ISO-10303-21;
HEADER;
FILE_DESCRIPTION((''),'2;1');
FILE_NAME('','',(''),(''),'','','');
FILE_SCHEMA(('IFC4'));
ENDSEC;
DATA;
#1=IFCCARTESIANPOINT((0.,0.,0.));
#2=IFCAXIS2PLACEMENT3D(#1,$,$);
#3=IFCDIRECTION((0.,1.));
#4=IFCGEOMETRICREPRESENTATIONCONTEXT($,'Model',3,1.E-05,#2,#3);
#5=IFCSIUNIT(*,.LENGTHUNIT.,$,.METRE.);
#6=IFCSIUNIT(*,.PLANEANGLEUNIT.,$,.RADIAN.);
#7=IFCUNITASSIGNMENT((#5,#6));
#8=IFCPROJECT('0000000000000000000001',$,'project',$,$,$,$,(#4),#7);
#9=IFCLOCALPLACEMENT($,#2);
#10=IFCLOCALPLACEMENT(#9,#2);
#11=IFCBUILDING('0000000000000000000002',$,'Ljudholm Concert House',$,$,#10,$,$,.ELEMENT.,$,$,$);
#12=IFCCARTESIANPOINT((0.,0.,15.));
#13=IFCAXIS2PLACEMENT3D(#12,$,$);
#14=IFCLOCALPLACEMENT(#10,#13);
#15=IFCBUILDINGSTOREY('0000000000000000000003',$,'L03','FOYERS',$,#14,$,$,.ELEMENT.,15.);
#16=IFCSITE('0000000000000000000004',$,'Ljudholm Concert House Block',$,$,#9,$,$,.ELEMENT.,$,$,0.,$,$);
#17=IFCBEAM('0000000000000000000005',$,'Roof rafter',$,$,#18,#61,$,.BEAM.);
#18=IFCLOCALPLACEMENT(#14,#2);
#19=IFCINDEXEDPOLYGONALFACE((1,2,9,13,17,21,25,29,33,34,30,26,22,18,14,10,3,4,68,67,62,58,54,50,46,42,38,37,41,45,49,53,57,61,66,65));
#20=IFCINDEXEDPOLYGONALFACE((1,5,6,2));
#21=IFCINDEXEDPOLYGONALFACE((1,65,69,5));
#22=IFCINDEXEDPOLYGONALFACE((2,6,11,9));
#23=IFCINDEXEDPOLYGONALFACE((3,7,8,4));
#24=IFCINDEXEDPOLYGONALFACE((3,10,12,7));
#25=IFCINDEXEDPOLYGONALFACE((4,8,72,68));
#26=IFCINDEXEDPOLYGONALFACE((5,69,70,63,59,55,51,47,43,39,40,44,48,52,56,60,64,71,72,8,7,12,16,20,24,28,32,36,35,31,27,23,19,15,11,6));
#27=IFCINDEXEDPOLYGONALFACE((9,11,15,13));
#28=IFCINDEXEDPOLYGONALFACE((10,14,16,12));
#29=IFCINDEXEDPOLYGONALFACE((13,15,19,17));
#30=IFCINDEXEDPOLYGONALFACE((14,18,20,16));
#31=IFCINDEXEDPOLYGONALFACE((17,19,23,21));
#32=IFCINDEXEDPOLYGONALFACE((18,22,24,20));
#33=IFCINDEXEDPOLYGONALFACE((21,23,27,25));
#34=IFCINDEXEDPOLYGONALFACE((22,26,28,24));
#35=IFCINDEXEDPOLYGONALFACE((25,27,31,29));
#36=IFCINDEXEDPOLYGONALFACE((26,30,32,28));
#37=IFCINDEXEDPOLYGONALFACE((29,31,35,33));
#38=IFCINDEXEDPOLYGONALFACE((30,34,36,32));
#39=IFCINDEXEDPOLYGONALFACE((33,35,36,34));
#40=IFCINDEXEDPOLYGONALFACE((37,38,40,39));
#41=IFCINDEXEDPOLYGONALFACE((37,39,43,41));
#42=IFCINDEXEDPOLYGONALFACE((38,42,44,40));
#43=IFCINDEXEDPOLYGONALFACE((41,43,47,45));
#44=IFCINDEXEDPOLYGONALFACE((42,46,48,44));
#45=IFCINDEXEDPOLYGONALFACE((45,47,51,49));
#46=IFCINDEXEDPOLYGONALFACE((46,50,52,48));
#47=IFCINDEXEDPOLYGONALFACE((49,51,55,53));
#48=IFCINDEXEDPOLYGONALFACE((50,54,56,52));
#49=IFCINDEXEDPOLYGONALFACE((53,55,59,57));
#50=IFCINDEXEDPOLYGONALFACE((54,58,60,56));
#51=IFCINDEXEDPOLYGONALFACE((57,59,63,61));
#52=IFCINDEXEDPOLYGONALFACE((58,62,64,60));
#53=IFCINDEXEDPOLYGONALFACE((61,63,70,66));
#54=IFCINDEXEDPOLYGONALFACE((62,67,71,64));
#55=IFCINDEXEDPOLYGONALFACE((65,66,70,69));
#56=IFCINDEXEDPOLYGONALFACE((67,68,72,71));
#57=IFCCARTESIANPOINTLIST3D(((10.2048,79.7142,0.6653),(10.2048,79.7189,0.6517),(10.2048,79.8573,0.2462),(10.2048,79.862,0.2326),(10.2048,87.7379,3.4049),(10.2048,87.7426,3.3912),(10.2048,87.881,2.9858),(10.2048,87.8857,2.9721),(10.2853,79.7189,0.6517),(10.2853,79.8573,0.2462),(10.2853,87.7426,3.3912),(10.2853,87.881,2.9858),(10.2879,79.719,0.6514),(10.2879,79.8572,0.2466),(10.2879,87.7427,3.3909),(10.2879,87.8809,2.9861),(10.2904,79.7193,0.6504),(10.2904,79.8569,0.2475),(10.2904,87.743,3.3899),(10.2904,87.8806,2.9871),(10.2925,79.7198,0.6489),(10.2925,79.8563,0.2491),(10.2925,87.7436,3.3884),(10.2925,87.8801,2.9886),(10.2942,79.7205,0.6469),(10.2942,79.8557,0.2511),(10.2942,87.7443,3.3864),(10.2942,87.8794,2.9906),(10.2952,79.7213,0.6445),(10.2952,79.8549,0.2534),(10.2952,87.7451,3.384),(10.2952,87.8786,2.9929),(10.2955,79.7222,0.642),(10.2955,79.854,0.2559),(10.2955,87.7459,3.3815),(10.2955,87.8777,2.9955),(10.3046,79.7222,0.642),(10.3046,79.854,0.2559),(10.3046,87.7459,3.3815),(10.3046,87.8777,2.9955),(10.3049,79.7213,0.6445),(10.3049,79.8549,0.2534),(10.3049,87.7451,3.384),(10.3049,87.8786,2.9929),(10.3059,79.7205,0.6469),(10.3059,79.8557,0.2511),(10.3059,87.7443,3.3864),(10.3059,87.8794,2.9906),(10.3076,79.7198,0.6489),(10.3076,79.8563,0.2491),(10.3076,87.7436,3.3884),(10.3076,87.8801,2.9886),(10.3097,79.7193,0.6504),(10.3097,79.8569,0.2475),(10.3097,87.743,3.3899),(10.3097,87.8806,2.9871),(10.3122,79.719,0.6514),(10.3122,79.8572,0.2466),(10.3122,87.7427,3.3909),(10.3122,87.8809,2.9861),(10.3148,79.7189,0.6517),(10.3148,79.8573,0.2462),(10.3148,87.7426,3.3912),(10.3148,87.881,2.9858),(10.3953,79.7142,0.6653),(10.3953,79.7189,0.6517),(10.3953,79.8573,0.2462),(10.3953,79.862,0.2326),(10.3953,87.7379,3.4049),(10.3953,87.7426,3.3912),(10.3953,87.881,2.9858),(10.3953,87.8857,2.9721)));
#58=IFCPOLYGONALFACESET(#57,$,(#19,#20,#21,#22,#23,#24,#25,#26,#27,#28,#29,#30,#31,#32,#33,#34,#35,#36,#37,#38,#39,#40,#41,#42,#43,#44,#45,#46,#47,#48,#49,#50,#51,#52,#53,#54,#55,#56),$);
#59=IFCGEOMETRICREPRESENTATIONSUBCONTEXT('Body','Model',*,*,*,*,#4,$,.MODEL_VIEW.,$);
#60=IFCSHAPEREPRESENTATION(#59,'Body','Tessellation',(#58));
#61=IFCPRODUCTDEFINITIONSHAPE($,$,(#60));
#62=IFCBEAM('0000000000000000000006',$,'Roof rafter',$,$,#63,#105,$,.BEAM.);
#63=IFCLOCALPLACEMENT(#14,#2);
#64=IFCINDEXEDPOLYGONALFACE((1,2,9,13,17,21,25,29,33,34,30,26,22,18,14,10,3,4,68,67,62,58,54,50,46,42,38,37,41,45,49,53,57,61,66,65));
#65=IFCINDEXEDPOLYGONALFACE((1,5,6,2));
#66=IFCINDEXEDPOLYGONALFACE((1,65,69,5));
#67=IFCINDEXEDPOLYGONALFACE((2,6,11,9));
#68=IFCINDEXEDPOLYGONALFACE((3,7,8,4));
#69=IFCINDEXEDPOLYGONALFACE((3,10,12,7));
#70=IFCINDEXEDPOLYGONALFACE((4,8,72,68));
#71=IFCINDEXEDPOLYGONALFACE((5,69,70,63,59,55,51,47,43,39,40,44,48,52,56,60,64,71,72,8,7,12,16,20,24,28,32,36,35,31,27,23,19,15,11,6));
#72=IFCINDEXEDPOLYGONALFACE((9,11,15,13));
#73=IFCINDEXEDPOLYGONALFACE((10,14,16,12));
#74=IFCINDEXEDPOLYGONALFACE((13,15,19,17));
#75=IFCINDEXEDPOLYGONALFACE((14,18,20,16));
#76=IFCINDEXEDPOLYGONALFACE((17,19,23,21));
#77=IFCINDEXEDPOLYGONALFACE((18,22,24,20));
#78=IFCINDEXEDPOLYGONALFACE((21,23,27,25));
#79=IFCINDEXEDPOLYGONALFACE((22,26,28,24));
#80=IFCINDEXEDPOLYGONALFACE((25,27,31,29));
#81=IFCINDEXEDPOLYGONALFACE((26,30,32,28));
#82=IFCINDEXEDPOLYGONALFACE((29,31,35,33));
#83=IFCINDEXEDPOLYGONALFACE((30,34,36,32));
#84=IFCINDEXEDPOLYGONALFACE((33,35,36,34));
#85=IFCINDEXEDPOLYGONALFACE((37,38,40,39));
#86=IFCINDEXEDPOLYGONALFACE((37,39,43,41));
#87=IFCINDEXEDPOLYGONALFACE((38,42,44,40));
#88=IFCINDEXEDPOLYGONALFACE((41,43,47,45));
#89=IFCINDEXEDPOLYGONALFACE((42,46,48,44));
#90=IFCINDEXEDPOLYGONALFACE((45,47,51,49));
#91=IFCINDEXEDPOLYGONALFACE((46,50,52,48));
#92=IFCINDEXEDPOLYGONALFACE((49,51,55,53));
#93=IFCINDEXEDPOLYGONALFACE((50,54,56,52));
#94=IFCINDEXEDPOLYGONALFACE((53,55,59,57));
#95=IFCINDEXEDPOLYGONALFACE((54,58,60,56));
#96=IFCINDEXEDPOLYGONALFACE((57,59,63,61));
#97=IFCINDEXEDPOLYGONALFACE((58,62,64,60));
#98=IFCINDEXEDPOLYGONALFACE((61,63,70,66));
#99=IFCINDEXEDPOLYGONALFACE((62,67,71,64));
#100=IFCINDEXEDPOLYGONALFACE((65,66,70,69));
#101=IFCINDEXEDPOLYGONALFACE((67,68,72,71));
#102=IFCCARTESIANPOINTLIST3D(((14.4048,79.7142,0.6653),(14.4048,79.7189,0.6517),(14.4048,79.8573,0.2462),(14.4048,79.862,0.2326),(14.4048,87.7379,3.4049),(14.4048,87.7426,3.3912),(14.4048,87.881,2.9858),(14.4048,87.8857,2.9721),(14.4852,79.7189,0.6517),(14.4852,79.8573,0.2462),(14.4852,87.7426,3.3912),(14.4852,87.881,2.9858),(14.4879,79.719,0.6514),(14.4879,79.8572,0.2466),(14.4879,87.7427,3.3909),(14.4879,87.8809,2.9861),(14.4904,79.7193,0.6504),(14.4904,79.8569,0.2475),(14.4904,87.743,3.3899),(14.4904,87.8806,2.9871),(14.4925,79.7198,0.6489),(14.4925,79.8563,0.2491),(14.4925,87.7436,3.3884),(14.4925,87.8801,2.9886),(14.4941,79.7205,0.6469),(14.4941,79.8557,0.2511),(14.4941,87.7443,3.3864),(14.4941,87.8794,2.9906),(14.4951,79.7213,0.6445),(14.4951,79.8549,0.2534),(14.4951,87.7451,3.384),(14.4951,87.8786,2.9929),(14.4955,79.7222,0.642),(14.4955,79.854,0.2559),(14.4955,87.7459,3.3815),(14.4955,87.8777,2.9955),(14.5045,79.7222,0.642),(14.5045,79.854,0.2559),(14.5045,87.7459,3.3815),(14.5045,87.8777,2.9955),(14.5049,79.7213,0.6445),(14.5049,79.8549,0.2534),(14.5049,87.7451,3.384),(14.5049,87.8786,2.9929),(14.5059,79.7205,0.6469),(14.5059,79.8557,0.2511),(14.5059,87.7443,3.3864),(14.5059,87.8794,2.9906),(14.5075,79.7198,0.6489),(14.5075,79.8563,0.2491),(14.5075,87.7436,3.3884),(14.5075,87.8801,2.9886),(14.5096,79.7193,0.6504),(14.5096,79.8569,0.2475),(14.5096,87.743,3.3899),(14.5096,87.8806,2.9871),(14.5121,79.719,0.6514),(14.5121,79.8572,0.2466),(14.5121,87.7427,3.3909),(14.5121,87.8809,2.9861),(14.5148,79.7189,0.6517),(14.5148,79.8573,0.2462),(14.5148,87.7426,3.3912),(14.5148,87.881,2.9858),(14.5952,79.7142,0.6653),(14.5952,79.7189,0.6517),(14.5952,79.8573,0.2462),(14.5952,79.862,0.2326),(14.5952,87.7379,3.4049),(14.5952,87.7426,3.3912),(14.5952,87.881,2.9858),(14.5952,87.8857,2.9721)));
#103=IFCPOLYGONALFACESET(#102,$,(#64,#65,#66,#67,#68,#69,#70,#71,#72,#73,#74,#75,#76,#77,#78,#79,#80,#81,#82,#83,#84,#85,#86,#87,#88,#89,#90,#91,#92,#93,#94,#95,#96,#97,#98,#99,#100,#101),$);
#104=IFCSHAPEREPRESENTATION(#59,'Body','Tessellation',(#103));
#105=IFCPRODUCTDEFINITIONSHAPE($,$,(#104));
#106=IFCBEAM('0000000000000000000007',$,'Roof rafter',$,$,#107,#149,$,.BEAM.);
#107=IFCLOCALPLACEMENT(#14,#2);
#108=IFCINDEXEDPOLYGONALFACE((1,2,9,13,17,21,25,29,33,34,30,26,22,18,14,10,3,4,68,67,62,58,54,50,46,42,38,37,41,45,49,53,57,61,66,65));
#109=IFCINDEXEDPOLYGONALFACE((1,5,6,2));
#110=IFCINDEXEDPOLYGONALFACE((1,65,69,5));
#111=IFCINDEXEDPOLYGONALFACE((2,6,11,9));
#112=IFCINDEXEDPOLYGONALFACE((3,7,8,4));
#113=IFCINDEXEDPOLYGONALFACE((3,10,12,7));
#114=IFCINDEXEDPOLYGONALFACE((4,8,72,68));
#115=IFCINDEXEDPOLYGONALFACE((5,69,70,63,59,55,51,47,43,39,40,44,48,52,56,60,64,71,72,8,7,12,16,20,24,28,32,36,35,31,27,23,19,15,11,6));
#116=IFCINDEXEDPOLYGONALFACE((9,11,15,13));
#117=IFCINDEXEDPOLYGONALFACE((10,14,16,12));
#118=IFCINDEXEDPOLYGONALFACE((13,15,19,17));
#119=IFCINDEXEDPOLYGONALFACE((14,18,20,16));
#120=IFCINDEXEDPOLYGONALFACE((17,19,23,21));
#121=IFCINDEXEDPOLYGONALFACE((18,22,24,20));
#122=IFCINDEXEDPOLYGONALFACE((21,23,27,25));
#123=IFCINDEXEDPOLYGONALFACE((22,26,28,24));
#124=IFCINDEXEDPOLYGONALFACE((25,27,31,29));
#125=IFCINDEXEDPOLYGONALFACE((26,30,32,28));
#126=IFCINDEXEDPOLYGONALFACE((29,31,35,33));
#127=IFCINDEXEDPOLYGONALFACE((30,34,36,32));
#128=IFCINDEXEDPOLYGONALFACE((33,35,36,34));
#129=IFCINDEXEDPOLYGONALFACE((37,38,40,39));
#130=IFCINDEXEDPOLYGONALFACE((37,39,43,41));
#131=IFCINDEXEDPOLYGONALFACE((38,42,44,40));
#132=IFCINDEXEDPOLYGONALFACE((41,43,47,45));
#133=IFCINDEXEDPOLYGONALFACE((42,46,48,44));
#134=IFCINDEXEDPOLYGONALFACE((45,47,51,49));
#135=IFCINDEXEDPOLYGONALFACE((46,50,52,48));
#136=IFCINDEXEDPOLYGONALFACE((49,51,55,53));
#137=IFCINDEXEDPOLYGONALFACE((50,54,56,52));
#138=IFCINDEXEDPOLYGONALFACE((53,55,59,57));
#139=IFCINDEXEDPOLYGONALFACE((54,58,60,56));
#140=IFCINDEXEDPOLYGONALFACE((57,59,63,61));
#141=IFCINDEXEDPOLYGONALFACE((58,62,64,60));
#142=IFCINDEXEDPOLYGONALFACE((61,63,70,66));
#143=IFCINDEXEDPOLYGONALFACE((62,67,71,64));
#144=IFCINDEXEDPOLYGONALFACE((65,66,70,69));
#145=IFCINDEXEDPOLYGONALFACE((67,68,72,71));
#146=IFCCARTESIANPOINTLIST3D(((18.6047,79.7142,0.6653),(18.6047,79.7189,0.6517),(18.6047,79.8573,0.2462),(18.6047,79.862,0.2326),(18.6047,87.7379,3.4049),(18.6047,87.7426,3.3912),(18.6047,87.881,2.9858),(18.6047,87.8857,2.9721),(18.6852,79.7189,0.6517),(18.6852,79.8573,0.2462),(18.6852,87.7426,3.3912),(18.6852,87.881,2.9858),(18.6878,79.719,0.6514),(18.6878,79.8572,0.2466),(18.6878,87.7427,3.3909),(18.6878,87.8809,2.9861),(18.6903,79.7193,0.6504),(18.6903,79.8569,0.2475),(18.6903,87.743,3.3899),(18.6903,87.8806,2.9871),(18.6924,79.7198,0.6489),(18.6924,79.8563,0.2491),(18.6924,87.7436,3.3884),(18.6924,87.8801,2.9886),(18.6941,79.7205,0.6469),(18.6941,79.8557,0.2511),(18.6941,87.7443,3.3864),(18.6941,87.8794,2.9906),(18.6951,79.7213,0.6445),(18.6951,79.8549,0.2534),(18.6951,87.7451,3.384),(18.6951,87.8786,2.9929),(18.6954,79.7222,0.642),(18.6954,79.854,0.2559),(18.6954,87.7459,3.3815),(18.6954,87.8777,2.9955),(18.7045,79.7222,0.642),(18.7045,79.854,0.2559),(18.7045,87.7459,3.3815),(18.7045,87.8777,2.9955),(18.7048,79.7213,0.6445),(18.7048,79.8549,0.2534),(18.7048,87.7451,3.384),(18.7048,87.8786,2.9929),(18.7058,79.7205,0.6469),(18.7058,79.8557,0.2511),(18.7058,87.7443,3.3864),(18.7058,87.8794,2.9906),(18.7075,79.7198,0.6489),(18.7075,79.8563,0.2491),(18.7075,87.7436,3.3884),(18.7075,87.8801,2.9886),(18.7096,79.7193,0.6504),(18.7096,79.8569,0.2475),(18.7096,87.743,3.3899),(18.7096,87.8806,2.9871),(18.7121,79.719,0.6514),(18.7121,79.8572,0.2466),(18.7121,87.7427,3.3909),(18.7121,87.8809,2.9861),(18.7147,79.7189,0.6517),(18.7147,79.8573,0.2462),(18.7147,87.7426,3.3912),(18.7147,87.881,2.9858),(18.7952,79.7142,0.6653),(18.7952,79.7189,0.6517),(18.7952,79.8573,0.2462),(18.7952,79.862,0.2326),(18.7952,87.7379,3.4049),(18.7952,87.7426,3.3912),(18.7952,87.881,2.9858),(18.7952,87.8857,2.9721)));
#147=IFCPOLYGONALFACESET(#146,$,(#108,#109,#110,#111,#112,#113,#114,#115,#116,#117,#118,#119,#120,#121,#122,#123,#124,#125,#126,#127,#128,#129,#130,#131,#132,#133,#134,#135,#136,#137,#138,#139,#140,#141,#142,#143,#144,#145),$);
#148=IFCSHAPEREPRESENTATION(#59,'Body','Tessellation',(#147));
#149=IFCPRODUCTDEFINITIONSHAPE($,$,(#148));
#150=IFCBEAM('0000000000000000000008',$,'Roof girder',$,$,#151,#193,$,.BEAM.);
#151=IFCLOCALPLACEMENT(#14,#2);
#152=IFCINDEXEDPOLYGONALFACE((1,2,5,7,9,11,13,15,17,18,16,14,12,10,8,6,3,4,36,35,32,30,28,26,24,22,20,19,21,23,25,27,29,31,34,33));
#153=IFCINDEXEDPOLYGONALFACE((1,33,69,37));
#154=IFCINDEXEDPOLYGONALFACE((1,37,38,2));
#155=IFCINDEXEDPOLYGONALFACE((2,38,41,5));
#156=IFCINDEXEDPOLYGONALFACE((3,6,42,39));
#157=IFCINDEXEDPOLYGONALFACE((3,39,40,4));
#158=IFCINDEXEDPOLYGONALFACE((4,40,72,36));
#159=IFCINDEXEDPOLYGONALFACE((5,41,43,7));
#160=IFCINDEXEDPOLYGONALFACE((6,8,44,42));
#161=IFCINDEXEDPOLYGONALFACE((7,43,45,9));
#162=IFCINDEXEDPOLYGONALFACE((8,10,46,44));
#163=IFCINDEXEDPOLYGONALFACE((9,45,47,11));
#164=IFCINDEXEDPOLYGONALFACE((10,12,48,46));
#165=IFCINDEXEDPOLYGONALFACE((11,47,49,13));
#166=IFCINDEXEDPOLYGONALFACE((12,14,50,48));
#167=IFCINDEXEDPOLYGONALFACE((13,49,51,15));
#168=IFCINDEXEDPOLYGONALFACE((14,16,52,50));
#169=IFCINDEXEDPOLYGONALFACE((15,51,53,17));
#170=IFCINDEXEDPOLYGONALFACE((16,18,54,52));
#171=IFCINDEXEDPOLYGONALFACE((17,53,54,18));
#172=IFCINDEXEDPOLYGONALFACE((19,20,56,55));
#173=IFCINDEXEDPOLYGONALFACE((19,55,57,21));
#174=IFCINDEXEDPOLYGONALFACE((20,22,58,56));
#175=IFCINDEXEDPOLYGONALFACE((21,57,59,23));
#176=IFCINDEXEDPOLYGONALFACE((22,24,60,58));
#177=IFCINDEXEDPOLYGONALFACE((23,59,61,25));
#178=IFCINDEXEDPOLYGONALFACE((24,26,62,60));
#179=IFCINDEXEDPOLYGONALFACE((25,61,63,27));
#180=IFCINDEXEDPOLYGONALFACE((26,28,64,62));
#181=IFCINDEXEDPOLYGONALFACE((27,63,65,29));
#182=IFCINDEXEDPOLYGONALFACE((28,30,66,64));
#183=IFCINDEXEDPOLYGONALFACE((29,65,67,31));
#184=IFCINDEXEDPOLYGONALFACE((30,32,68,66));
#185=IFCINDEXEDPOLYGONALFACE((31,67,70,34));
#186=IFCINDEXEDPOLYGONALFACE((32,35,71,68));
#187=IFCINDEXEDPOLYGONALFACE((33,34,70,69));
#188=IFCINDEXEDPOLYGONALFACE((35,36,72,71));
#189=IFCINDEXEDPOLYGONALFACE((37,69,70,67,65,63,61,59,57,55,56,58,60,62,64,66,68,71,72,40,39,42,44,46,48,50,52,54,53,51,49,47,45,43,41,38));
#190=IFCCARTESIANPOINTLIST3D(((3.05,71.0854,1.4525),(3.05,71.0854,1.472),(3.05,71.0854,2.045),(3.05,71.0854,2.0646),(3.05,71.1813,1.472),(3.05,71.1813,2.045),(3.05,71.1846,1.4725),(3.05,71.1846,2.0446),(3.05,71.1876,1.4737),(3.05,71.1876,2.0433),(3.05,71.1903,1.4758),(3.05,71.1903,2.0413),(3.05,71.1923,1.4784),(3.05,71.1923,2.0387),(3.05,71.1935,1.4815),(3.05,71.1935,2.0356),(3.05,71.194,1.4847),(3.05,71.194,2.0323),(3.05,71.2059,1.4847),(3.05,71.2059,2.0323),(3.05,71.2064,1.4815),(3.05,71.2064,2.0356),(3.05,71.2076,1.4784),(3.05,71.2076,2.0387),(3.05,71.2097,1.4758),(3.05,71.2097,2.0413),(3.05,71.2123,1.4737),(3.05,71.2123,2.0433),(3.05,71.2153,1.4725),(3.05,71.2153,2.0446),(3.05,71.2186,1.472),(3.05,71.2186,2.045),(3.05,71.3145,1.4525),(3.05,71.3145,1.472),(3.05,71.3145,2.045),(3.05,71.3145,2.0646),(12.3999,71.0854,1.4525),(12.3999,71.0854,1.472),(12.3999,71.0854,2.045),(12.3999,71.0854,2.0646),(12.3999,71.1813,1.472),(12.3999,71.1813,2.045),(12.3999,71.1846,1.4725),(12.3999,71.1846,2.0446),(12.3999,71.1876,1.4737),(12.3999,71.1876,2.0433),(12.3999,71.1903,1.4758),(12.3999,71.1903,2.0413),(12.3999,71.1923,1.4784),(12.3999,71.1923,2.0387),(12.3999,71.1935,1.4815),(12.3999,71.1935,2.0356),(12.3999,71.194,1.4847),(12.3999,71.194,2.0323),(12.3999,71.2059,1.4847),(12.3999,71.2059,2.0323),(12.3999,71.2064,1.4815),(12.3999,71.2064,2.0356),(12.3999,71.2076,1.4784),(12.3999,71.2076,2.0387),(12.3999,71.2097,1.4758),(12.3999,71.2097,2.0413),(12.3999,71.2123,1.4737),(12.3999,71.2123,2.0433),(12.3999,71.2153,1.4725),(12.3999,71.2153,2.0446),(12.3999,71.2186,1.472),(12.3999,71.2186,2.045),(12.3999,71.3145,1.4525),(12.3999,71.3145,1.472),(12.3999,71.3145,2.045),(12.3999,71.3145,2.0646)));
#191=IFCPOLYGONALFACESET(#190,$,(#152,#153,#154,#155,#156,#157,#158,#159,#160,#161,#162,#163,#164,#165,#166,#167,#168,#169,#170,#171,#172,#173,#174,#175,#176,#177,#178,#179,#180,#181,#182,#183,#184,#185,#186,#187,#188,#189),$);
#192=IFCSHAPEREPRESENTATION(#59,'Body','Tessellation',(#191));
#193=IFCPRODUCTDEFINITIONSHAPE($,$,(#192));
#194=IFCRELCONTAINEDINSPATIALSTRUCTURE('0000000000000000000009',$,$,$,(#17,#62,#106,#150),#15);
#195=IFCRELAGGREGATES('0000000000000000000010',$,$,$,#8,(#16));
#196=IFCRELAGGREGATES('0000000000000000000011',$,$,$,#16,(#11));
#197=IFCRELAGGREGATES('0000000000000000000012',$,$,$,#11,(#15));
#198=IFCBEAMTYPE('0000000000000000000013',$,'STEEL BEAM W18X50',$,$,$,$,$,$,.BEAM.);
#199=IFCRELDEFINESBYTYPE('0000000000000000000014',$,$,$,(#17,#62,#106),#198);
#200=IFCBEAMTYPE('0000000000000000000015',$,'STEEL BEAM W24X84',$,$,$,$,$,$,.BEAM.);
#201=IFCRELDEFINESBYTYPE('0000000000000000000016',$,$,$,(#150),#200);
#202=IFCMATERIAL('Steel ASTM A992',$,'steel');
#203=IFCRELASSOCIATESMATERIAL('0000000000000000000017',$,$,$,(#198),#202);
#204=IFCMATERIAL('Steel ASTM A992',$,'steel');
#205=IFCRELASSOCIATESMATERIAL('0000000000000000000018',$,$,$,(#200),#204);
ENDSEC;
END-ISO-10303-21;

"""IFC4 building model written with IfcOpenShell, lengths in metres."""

from ifc_helpers import new_model, si_unit, direction, frame, origin, origin_2d, place, context, subcontext, project, spatial, i_section, extrude, material, material_profile, profile_set, type_object, element, save


model = new_model("IFC4")

# Units and contexts
model_context = context("Model", 3, precision=1e-05, world=origin(), true_north=direction((0.0, 1.0)))
body_context = subcontext(model_context, "Body", "Model", "MODEL_VIEW")
ifc_project = project(units=[si_unit("LENGTHUNIT", "METRE"), si_unit("PLANEANGLEUNIT", "RADIAN")], contexts=[model_context])

# Site, building, storey
site_placement = place(None, origin())
site = spatial("IfcSite", under=ifc_project, at=site_placement, Name="Ljudholm Concert House Block", CompositionType="ELEMENT", RefElevation=0.0)
building_placement = place(site_placement, origin())
building = spatial("IfcBuilding", under=site, at=building_placement, Name="Ljudholm Concert House", CompositionType="ELEMENT")
storey_placement = place(building_placement, frame((0.0, 0.0, 15.0)))
storey = spatial("IfcBuildingStorey", under=building, at=storey_placement, Name="L03", Description="FOYERS", CompositionType="ELEMENT", Elevation=15.0)

# Beams
ifc_material_1 = material(Name="Steel ASTM A992", Category="steel")
ifc_material_profile_1 = material_profile(ifc_material_1, i_section(OverallWidth=0.1904, OverallDepth=0.4573, WebThickness=0.009, FlangeThickness=0.0144, FilletRadius=0.0103, at=origin_2d()), Name="W18X50")
ifc_profile_set_1 = profile_set([ifc_material_profile_1], Name="Steel ASTM A992")
beam_type_1 = type_object("IfcBeamType", Name="STEEL BEAM W18X50", PredefinedType="BEAM", material=ifc_profile_set_1)
for number, where, z_axis, x_axis, name in (
    (1, (10.3, 79.7881, 0.449), (0.0, 0.94636, 0.323113), (-1.0, 0.0, 0.0), "Roof rafter"),
    (2, (14.5, 79.7881, 0.449), (0.0, 0.94636, 0.323113), (-1.0, 0.0, 0.0), "Roof rafter"),
    (3, (18.7, 79.7881, 0.449), (0.0, 0.94636, 0.323113), (-1.0, 0.0, 0.0), "Roof rafter"),
):
    element("IfcBeam", number, at=place(storey_placement, frame(where, z_axis=z_axis, x_axis=x_axis)), inside=storey, type_object=beam_type_1, Name=name, PredefinedType="BEAM", context=body_context, shape_type="SweptSolid", body=[
        extrude(i_section(OverallWidth=0.1904, OverallDepth=0.4573, WebThickness=0.009, FlangeThickness=0.0144, FilletRadius=0.0103, at=origin_2d()), origin(), (0.0, 0.0, 1.0), 8.4785),
    ])
ifc_material_2 = material(Name="Steel ASTM A992", Category="steel")
ifc_material_profile_2 = material_profile(ifc_material_2, i_section(OverallWidth=0.229, OverallDepth=0.6121, WebThickness=0.012, FlangeThickness=0.0195, FilletRadius=0.0127, at=origin_2d()), Name="W24X84")
ifc_profile_set_2 = profile_set([ifc_material_profile_2], Name="Steel ASTM A992")
beam_type_2 = type_object("IfcBeamType", Name="STEEL BEAM W24X84", PredefinedType="BEAM", material=ifc_profile_set_2)
beam_1_placement = place(storey_placement, frame((3.05, 71.2, 1.7585), z_axis=(1.0, 0.0, 0.0), x_axis=(0.0, 1.0, 0.0)))
element("IfcBeam", 4, at=beam_1_placement, inside=storey, type_object=beam_type_2, Name="Roof girder", PredefinedType="BEAM", context=body_context, shape_type="SweptSolid", body=[
    extrude(i_section(OverallWidth=0.229, OverallDepth=0.6121, WebThickness=0.012, FlangeThickness=0.0195, FilletRadius=0.0127, at=origin_2d()), origin(), (0.0, 0.0, 1.0), 9.3499),
])

save(model, "model.ifc")
